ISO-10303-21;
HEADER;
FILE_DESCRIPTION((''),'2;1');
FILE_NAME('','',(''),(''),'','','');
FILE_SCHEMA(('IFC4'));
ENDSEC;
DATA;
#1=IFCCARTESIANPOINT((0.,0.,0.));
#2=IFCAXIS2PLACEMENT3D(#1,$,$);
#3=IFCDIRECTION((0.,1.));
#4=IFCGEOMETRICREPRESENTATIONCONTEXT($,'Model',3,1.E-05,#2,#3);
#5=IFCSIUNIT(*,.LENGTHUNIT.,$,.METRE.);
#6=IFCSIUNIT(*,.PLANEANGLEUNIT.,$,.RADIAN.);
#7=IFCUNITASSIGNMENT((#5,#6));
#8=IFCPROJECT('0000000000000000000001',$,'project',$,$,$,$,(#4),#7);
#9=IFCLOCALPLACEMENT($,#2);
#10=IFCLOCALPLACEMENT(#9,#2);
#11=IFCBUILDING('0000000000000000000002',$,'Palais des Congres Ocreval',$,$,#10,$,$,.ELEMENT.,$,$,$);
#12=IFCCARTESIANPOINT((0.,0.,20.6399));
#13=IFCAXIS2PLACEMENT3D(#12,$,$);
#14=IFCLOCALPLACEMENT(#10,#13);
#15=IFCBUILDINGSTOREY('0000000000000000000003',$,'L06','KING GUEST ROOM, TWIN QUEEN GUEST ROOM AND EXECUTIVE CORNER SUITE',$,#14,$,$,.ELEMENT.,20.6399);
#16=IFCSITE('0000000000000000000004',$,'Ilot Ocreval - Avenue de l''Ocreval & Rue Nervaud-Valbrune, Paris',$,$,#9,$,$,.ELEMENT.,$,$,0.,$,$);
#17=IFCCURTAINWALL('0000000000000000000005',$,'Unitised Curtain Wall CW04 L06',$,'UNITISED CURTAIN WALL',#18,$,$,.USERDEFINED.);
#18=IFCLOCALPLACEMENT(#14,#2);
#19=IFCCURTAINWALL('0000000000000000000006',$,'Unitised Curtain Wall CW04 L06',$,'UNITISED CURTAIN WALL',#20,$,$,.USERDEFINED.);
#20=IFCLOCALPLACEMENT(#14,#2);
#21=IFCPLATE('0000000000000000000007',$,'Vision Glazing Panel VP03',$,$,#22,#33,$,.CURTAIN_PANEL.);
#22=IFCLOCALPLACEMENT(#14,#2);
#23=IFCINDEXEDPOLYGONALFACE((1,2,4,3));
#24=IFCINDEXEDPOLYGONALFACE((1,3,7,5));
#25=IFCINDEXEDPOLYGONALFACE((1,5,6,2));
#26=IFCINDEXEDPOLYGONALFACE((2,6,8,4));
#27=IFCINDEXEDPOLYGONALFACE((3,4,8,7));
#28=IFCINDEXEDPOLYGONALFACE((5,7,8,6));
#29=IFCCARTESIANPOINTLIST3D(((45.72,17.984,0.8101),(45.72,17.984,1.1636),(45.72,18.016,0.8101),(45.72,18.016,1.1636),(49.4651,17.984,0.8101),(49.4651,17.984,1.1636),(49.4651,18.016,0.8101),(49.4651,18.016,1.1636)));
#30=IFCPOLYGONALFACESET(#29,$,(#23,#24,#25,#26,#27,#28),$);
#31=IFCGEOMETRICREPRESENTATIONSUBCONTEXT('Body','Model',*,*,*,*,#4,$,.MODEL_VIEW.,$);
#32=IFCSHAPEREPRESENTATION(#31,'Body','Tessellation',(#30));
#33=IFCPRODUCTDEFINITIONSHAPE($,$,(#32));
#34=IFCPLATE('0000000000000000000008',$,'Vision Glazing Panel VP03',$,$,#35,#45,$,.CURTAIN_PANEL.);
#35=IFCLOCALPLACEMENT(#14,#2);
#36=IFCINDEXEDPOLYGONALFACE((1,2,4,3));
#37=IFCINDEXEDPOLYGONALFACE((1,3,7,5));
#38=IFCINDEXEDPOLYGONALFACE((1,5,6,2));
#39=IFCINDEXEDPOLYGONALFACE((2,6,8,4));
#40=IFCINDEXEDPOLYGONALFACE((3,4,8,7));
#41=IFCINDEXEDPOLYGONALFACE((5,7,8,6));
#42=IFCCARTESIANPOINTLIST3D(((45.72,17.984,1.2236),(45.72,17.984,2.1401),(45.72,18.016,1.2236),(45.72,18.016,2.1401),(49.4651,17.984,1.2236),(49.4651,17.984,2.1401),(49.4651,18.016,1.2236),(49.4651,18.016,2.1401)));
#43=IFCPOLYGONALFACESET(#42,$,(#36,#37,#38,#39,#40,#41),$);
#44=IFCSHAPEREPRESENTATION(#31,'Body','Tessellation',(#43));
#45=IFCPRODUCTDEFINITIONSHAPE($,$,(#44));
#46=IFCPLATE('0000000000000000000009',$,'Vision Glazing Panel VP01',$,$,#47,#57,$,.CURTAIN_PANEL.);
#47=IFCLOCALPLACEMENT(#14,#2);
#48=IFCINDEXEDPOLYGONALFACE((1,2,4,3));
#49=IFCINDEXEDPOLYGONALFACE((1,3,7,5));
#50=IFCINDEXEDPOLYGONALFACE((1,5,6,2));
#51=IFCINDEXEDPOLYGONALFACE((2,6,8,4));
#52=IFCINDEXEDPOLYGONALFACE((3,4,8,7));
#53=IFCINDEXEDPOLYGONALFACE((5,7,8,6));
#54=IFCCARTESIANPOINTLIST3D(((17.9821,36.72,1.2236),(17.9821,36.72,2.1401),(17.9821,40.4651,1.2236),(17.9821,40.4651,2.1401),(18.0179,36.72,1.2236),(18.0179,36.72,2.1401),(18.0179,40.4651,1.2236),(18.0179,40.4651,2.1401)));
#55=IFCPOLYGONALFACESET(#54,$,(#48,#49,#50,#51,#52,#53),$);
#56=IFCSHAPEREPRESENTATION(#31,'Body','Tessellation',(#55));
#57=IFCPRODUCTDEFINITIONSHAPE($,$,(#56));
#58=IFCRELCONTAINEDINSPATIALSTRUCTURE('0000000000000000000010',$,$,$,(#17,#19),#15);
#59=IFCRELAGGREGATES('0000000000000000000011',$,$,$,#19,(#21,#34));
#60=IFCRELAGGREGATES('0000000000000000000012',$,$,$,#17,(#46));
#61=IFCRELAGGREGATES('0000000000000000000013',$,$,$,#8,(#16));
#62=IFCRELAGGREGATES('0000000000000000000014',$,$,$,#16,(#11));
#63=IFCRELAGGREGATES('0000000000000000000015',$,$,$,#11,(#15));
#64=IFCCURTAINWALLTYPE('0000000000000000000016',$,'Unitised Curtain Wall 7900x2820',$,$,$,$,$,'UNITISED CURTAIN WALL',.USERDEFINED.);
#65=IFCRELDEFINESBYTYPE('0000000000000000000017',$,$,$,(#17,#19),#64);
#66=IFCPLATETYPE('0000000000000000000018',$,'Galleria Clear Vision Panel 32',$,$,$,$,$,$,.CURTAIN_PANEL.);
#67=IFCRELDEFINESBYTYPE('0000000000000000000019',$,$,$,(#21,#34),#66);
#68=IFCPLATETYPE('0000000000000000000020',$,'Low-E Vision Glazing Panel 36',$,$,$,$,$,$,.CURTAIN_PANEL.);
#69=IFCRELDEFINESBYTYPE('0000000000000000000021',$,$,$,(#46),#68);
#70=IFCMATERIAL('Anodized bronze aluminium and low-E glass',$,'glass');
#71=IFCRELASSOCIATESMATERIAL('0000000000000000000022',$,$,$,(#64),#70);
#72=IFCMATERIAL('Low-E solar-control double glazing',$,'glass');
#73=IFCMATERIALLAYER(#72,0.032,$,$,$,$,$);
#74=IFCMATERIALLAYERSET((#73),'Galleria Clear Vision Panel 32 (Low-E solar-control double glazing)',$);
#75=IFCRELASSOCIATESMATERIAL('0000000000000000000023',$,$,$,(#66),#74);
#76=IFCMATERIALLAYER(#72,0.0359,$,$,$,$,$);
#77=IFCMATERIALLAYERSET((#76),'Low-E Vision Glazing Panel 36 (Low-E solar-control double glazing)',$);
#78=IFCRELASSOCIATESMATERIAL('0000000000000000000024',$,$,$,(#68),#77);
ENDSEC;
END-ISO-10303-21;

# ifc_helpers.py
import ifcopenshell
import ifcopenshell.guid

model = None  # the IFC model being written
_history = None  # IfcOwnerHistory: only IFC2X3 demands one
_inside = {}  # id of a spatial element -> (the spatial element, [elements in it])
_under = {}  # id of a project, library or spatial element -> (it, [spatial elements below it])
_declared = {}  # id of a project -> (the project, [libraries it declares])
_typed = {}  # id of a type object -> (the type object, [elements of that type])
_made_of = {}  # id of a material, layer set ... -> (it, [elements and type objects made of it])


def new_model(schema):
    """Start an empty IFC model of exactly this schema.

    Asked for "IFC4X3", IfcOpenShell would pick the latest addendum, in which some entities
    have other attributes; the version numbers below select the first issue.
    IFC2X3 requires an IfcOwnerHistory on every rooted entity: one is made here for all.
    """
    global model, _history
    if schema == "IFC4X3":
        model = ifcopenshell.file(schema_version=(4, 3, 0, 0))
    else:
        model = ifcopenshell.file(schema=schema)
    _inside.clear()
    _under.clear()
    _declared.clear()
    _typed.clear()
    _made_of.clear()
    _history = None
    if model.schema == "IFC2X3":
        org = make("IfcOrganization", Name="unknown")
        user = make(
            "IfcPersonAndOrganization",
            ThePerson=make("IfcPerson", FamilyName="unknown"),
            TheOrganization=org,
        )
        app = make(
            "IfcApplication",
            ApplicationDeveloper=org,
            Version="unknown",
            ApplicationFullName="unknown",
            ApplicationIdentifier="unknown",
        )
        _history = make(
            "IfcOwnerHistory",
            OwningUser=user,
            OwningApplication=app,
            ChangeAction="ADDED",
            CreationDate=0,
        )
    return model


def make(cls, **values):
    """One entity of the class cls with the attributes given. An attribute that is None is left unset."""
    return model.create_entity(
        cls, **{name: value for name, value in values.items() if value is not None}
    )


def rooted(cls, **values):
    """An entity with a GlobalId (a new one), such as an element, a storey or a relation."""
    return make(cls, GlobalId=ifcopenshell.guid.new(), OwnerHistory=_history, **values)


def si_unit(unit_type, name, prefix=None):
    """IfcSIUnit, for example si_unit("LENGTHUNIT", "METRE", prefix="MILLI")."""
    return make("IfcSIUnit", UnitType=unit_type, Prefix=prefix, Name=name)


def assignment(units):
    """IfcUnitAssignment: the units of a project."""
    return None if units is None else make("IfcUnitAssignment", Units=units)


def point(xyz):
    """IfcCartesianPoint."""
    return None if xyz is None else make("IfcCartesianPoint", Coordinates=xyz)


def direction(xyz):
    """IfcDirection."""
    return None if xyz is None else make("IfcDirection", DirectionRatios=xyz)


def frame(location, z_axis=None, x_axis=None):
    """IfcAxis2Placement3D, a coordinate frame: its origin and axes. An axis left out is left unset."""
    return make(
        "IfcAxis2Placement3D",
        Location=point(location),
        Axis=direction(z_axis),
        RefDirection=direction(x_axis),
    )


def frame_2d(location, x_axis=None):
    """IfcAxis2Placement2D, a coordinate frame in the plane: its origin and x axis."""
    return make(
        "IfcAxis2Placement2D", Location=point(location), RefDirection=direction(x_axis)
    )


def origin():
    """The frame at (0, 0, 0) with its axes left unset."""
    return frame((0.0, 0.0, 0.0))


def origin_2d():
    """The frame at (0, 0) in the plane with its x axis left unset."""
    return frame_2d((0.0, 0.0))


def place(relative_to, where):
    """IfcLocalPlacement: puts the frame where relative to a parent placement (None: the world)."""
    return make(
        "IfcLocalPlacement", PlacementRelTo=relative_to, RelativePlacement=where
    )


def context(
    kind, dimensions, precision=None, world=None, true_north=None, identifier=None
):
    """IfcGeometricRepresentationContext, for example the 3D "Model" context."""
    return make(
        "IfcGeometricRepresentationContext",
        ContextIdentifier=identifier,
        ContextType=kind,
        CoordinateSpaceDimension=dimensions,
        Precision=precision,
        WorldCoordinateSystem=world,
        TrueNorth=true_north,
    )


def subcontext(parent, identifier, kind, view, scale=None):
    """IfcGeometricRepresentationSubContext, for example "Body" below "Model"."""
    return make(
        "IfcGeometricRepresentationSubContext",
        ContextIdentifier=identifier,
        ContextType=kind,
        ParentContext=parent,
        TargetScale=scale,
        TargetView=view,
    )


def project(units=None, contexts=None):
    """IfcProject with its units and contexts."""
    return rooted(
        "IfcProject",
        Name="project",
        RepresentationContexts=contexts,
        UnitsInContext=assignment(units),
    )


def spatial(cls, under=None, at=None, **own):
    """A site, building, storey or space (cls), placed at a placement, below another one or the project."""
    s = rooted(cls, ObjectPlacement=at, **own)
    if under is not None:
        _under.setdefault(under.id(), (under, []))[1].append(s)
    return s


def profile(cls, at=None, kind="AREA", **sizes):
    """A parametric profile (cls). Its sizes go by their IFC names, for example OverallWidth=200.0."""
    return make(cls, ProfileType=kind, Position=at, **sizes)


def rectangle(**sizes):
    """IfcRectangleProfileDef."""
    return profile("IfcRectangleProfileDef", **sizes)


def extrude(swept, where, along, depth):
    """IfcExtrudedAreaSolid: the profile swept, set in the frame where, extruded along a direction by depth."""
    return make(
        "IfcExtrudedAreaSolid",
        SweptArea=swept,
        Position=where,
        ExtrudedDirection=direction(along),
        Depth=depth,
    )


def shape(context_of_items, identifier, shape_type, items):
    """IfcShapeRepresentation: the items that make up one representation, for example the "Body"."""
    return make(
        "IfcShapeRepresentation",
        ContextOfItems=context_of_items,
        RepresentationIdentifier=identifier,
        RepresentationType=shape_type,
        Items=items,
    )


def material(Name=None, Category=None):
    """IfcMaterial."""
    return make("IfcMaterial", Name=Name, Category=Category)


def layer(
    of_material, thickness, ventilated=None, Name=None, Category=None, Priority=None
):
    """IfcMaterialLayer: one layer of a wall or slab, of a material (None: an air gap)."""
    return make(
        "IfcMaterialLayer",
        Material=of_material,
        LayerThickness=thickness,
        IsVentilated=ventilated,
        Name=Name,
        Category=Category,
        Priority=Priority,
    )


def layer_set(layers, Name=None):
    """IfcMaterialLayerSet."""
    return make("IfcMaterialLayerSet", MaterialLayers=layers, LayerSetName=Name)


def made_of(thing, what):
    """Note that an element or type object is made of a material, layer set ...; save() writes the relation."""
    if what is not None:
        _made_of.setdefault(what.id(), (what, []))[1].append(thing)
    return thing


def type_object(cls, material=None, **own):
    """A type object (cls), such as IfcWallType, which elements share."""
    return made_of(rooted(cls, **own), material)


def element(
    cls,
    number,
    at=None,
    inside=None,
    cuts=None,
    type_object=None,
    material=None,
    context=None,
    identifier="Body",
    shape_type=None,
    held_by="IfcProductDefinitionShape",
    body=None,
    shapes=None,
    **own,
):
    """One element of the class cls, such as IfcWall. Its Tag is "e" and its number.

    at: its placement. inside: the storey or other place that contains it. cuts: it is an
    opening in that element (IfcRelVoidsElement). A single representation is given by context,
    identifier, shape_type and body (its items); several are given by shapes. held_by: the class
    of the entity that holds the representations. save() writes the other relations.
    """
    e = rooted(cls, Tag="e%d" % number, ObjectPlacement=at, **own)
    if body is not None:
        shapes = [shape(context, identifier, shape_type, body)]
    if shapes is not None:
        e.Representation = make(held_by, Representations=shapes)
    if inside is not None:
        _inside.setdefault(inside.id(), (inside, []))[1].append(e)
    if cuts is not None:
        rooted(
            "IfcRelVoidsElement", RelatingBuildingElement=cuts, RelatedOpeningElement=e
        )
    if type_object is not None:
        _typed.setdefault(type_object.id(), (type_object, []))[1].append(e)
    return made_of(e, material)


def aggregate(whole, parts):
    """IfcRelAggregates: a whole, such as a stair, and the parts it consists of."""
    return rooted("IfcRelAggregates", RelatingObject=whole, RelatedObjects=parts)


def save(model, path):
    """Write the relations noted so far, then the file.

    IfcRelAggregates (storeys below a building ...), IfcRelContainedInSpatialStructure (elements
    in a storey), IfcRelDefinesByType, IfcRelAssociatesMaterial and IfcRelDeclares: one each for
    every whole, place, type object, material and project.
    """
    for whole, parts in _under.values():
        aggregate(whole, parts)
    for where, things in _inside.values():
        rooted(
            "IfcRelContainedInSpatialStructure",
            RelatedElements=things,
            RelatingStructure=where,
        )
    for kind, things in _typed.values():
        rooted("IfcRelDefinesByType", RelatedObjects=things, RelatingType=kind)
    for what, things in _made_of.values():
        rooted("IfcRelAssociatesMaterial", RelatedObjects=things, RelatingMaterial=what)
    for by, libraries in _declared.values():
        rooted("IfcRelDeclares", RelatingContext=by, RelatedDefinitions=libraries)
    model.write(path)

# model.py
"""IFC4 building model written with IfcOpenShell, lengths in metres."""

from ifc_helpers import new_model, si_unit, direction, frame, origin, origin_2d, place, context, subcontext, project, spatial, rectangle, extrude, material, layer, layer_set, type_object, element, aggregate, save


model = new_model("IFC4")

# Units and contexts
model_context = context("Model", 3, precision=1e-05, world=origin(), true_north=direction((0.0, 1.0)))
body_context = subcontext(model_context, "Body", "Model", "MODEL_VIEW")
ifc_project = project(units=[si_unit("LENGTHUNIT", "METRE"), si_unit("PLANEANGLEUNIT", "RADIAN")], contexts=[model_context])

# Site, building, storey
site_placement = place(None, origin())
site = spatial("IfcSite", under=ifc_project, at=site_placement, Name="Ilot Ocreval - Avenue de l'Ocreval & Rue Nervaud-Valbrune, Paris", CompositionType="ELEMENT", RefElevation=0.0)
building_placement = place(site_placement, origin())
building = spatial("IfcBuilding", under=site, at=building_placement, Name="Palais des Congres Ocreval", CompositionType="ELEMENT")
storey_placement = place(building_placement, frame((0.0, 0.0, 20.6399)))
storey = spatial("IfcBuildingStorey", under=building, at=storey_placement, Name="L06", Description="KING GUEST ROOM, TWIN QUEEN GUEST ROOM AND EXECUTIVE CORNER SUITE", CompositionType="ELEMENT", Elevation=20.6399)

# Curtain walls
ifc_material_1 = material(Name="Anodized bronze aluminium and low-E glass", Category="glass")
curtain_wall_type = type_object("IfcCurtainWallType", Name="Unitised Curtain Wall 7900x2820", ElementType="UNITISED CURTAIN WALL", PredefinedType="USERDEFINED", material=ifc_material_1)
curtain_wall_1_placement = place(storey_placement, origin())
curtain_wall_1 = element("IfcCurtainWall", 1, at=curtain_wall_1_placement, inside=storey, type_object=curtain_wall_type, Name="Unitised Curtain Wall CW04 L06", ObjectType="UNITISED CURTAIN WALL", PredefinedType="USERDEFINED")
curtain_wall_2_placement = place(storey_placement, origin())
curtain_wall_2 = element("IfcCurtainWall", 2, at=curtain_wall_2_placement, inside=storey, type_object=curtain_wall_type, Name="Unitised Curtain Wall CW04 L06", ObjectType="UNITISED CURTAIN WALL", PredefinedType="USERDEFINED")

# Plates
ifc_material_2 = material(Name="Low-E solar-control double glazing", Category="glass")
ifc_layer_1 = layer(ifc_material_2, 0.032)
ifc_layer_set_1 = layer_set([ifc_layer_1], Name="Galleria Clear Vision Panel 32 (Low-E solar-control double glazing)")
plate_type_1 = type_object("IfcPlateType", Name="Galleria Clear Vision Panel 32", PredefinedType="CURTAIN_PANEL", material=ifc_layer_set_1)
plate_1_placement = place(storey_placement, frame((47.5925, 18.0, 0.8101), z_axis=(0.0, 0.0, 1.0), x_axis=(1.0, 0.0, 0.0)))
plate_1 = element("IfcPlate", 3, at=plate_1_placement, type_object=plate_type_1, Name="Vision Glazing Panel VP03", PredefinedType="CURTAIN_PANEL", context=body_context, shape_type="SweptSolid", body=[
    extrude(rectangle(XDim=3.7451, YDim=0.032, at=origin_2d()), origin(), (0.0, 0.0, 1.0), 0.3535),
])
plate_2_placement = place(storey_placement, frame((47.5925, 18.0, 1.2236), z_axis=(0.0, 0.0, 1.0), x_axis=(1.0, 0.0, 0.0)))
plate_2 = element("IfcPlate", 4, at=plate_2_placement, type_object=plate_type_1, Name="Vision Glazing Panel VP03", PredefinedType="CURTAIN_PANEL", context=body_context, shape_type="SweptSolid", body=[
    extrude(rectangle(XDim=3.7451, YDim=0.032, at=origin_2d()), origin(), (0.0, 0.0, 1.0), 0.9165),
])
aggregate(curtain_wall_2, [plate_1, plate_2])
ifc_layer_2 = layer(ifc_material_2, 0.0359)
ifc_layer_set_2 = layer_set([ifc_layer_2], Name="Low-E Vision Glazing Panel 36 (Low-E solar-control double glazing)")
plate_type_2 = type_object("IfcPlateType", Name="Low-E Vision Glazing Panel 36", PredefinedType="CURTAIN_PANEL", material=ifc_layer_set_2)
plate_3_placement = place(storey_placement, frame((18.0, 38.5925, 1.2236), z_axis=(0.0, 0.0, 1.0), x_axis=(0.0, -1.0, 0.0)))
plate_3 = element("IfcPlate", 5, at=plate_3_placement, type_object=plate_type_2, Name="Vision Glazing Panel VP01", PredefinedType="CURTAIN_PANEL", context=body_context, shape_type="SweptSolid", body=[
    extrude(rectangle(XDim=3.7451, YDim=0.0359, at=origin_2d()), origin(), (0.0, 0.0, 1.0), 0.9165),
])
aggregate(curtain_wall_1, [plate_3])

save(model, "model.ifc")
